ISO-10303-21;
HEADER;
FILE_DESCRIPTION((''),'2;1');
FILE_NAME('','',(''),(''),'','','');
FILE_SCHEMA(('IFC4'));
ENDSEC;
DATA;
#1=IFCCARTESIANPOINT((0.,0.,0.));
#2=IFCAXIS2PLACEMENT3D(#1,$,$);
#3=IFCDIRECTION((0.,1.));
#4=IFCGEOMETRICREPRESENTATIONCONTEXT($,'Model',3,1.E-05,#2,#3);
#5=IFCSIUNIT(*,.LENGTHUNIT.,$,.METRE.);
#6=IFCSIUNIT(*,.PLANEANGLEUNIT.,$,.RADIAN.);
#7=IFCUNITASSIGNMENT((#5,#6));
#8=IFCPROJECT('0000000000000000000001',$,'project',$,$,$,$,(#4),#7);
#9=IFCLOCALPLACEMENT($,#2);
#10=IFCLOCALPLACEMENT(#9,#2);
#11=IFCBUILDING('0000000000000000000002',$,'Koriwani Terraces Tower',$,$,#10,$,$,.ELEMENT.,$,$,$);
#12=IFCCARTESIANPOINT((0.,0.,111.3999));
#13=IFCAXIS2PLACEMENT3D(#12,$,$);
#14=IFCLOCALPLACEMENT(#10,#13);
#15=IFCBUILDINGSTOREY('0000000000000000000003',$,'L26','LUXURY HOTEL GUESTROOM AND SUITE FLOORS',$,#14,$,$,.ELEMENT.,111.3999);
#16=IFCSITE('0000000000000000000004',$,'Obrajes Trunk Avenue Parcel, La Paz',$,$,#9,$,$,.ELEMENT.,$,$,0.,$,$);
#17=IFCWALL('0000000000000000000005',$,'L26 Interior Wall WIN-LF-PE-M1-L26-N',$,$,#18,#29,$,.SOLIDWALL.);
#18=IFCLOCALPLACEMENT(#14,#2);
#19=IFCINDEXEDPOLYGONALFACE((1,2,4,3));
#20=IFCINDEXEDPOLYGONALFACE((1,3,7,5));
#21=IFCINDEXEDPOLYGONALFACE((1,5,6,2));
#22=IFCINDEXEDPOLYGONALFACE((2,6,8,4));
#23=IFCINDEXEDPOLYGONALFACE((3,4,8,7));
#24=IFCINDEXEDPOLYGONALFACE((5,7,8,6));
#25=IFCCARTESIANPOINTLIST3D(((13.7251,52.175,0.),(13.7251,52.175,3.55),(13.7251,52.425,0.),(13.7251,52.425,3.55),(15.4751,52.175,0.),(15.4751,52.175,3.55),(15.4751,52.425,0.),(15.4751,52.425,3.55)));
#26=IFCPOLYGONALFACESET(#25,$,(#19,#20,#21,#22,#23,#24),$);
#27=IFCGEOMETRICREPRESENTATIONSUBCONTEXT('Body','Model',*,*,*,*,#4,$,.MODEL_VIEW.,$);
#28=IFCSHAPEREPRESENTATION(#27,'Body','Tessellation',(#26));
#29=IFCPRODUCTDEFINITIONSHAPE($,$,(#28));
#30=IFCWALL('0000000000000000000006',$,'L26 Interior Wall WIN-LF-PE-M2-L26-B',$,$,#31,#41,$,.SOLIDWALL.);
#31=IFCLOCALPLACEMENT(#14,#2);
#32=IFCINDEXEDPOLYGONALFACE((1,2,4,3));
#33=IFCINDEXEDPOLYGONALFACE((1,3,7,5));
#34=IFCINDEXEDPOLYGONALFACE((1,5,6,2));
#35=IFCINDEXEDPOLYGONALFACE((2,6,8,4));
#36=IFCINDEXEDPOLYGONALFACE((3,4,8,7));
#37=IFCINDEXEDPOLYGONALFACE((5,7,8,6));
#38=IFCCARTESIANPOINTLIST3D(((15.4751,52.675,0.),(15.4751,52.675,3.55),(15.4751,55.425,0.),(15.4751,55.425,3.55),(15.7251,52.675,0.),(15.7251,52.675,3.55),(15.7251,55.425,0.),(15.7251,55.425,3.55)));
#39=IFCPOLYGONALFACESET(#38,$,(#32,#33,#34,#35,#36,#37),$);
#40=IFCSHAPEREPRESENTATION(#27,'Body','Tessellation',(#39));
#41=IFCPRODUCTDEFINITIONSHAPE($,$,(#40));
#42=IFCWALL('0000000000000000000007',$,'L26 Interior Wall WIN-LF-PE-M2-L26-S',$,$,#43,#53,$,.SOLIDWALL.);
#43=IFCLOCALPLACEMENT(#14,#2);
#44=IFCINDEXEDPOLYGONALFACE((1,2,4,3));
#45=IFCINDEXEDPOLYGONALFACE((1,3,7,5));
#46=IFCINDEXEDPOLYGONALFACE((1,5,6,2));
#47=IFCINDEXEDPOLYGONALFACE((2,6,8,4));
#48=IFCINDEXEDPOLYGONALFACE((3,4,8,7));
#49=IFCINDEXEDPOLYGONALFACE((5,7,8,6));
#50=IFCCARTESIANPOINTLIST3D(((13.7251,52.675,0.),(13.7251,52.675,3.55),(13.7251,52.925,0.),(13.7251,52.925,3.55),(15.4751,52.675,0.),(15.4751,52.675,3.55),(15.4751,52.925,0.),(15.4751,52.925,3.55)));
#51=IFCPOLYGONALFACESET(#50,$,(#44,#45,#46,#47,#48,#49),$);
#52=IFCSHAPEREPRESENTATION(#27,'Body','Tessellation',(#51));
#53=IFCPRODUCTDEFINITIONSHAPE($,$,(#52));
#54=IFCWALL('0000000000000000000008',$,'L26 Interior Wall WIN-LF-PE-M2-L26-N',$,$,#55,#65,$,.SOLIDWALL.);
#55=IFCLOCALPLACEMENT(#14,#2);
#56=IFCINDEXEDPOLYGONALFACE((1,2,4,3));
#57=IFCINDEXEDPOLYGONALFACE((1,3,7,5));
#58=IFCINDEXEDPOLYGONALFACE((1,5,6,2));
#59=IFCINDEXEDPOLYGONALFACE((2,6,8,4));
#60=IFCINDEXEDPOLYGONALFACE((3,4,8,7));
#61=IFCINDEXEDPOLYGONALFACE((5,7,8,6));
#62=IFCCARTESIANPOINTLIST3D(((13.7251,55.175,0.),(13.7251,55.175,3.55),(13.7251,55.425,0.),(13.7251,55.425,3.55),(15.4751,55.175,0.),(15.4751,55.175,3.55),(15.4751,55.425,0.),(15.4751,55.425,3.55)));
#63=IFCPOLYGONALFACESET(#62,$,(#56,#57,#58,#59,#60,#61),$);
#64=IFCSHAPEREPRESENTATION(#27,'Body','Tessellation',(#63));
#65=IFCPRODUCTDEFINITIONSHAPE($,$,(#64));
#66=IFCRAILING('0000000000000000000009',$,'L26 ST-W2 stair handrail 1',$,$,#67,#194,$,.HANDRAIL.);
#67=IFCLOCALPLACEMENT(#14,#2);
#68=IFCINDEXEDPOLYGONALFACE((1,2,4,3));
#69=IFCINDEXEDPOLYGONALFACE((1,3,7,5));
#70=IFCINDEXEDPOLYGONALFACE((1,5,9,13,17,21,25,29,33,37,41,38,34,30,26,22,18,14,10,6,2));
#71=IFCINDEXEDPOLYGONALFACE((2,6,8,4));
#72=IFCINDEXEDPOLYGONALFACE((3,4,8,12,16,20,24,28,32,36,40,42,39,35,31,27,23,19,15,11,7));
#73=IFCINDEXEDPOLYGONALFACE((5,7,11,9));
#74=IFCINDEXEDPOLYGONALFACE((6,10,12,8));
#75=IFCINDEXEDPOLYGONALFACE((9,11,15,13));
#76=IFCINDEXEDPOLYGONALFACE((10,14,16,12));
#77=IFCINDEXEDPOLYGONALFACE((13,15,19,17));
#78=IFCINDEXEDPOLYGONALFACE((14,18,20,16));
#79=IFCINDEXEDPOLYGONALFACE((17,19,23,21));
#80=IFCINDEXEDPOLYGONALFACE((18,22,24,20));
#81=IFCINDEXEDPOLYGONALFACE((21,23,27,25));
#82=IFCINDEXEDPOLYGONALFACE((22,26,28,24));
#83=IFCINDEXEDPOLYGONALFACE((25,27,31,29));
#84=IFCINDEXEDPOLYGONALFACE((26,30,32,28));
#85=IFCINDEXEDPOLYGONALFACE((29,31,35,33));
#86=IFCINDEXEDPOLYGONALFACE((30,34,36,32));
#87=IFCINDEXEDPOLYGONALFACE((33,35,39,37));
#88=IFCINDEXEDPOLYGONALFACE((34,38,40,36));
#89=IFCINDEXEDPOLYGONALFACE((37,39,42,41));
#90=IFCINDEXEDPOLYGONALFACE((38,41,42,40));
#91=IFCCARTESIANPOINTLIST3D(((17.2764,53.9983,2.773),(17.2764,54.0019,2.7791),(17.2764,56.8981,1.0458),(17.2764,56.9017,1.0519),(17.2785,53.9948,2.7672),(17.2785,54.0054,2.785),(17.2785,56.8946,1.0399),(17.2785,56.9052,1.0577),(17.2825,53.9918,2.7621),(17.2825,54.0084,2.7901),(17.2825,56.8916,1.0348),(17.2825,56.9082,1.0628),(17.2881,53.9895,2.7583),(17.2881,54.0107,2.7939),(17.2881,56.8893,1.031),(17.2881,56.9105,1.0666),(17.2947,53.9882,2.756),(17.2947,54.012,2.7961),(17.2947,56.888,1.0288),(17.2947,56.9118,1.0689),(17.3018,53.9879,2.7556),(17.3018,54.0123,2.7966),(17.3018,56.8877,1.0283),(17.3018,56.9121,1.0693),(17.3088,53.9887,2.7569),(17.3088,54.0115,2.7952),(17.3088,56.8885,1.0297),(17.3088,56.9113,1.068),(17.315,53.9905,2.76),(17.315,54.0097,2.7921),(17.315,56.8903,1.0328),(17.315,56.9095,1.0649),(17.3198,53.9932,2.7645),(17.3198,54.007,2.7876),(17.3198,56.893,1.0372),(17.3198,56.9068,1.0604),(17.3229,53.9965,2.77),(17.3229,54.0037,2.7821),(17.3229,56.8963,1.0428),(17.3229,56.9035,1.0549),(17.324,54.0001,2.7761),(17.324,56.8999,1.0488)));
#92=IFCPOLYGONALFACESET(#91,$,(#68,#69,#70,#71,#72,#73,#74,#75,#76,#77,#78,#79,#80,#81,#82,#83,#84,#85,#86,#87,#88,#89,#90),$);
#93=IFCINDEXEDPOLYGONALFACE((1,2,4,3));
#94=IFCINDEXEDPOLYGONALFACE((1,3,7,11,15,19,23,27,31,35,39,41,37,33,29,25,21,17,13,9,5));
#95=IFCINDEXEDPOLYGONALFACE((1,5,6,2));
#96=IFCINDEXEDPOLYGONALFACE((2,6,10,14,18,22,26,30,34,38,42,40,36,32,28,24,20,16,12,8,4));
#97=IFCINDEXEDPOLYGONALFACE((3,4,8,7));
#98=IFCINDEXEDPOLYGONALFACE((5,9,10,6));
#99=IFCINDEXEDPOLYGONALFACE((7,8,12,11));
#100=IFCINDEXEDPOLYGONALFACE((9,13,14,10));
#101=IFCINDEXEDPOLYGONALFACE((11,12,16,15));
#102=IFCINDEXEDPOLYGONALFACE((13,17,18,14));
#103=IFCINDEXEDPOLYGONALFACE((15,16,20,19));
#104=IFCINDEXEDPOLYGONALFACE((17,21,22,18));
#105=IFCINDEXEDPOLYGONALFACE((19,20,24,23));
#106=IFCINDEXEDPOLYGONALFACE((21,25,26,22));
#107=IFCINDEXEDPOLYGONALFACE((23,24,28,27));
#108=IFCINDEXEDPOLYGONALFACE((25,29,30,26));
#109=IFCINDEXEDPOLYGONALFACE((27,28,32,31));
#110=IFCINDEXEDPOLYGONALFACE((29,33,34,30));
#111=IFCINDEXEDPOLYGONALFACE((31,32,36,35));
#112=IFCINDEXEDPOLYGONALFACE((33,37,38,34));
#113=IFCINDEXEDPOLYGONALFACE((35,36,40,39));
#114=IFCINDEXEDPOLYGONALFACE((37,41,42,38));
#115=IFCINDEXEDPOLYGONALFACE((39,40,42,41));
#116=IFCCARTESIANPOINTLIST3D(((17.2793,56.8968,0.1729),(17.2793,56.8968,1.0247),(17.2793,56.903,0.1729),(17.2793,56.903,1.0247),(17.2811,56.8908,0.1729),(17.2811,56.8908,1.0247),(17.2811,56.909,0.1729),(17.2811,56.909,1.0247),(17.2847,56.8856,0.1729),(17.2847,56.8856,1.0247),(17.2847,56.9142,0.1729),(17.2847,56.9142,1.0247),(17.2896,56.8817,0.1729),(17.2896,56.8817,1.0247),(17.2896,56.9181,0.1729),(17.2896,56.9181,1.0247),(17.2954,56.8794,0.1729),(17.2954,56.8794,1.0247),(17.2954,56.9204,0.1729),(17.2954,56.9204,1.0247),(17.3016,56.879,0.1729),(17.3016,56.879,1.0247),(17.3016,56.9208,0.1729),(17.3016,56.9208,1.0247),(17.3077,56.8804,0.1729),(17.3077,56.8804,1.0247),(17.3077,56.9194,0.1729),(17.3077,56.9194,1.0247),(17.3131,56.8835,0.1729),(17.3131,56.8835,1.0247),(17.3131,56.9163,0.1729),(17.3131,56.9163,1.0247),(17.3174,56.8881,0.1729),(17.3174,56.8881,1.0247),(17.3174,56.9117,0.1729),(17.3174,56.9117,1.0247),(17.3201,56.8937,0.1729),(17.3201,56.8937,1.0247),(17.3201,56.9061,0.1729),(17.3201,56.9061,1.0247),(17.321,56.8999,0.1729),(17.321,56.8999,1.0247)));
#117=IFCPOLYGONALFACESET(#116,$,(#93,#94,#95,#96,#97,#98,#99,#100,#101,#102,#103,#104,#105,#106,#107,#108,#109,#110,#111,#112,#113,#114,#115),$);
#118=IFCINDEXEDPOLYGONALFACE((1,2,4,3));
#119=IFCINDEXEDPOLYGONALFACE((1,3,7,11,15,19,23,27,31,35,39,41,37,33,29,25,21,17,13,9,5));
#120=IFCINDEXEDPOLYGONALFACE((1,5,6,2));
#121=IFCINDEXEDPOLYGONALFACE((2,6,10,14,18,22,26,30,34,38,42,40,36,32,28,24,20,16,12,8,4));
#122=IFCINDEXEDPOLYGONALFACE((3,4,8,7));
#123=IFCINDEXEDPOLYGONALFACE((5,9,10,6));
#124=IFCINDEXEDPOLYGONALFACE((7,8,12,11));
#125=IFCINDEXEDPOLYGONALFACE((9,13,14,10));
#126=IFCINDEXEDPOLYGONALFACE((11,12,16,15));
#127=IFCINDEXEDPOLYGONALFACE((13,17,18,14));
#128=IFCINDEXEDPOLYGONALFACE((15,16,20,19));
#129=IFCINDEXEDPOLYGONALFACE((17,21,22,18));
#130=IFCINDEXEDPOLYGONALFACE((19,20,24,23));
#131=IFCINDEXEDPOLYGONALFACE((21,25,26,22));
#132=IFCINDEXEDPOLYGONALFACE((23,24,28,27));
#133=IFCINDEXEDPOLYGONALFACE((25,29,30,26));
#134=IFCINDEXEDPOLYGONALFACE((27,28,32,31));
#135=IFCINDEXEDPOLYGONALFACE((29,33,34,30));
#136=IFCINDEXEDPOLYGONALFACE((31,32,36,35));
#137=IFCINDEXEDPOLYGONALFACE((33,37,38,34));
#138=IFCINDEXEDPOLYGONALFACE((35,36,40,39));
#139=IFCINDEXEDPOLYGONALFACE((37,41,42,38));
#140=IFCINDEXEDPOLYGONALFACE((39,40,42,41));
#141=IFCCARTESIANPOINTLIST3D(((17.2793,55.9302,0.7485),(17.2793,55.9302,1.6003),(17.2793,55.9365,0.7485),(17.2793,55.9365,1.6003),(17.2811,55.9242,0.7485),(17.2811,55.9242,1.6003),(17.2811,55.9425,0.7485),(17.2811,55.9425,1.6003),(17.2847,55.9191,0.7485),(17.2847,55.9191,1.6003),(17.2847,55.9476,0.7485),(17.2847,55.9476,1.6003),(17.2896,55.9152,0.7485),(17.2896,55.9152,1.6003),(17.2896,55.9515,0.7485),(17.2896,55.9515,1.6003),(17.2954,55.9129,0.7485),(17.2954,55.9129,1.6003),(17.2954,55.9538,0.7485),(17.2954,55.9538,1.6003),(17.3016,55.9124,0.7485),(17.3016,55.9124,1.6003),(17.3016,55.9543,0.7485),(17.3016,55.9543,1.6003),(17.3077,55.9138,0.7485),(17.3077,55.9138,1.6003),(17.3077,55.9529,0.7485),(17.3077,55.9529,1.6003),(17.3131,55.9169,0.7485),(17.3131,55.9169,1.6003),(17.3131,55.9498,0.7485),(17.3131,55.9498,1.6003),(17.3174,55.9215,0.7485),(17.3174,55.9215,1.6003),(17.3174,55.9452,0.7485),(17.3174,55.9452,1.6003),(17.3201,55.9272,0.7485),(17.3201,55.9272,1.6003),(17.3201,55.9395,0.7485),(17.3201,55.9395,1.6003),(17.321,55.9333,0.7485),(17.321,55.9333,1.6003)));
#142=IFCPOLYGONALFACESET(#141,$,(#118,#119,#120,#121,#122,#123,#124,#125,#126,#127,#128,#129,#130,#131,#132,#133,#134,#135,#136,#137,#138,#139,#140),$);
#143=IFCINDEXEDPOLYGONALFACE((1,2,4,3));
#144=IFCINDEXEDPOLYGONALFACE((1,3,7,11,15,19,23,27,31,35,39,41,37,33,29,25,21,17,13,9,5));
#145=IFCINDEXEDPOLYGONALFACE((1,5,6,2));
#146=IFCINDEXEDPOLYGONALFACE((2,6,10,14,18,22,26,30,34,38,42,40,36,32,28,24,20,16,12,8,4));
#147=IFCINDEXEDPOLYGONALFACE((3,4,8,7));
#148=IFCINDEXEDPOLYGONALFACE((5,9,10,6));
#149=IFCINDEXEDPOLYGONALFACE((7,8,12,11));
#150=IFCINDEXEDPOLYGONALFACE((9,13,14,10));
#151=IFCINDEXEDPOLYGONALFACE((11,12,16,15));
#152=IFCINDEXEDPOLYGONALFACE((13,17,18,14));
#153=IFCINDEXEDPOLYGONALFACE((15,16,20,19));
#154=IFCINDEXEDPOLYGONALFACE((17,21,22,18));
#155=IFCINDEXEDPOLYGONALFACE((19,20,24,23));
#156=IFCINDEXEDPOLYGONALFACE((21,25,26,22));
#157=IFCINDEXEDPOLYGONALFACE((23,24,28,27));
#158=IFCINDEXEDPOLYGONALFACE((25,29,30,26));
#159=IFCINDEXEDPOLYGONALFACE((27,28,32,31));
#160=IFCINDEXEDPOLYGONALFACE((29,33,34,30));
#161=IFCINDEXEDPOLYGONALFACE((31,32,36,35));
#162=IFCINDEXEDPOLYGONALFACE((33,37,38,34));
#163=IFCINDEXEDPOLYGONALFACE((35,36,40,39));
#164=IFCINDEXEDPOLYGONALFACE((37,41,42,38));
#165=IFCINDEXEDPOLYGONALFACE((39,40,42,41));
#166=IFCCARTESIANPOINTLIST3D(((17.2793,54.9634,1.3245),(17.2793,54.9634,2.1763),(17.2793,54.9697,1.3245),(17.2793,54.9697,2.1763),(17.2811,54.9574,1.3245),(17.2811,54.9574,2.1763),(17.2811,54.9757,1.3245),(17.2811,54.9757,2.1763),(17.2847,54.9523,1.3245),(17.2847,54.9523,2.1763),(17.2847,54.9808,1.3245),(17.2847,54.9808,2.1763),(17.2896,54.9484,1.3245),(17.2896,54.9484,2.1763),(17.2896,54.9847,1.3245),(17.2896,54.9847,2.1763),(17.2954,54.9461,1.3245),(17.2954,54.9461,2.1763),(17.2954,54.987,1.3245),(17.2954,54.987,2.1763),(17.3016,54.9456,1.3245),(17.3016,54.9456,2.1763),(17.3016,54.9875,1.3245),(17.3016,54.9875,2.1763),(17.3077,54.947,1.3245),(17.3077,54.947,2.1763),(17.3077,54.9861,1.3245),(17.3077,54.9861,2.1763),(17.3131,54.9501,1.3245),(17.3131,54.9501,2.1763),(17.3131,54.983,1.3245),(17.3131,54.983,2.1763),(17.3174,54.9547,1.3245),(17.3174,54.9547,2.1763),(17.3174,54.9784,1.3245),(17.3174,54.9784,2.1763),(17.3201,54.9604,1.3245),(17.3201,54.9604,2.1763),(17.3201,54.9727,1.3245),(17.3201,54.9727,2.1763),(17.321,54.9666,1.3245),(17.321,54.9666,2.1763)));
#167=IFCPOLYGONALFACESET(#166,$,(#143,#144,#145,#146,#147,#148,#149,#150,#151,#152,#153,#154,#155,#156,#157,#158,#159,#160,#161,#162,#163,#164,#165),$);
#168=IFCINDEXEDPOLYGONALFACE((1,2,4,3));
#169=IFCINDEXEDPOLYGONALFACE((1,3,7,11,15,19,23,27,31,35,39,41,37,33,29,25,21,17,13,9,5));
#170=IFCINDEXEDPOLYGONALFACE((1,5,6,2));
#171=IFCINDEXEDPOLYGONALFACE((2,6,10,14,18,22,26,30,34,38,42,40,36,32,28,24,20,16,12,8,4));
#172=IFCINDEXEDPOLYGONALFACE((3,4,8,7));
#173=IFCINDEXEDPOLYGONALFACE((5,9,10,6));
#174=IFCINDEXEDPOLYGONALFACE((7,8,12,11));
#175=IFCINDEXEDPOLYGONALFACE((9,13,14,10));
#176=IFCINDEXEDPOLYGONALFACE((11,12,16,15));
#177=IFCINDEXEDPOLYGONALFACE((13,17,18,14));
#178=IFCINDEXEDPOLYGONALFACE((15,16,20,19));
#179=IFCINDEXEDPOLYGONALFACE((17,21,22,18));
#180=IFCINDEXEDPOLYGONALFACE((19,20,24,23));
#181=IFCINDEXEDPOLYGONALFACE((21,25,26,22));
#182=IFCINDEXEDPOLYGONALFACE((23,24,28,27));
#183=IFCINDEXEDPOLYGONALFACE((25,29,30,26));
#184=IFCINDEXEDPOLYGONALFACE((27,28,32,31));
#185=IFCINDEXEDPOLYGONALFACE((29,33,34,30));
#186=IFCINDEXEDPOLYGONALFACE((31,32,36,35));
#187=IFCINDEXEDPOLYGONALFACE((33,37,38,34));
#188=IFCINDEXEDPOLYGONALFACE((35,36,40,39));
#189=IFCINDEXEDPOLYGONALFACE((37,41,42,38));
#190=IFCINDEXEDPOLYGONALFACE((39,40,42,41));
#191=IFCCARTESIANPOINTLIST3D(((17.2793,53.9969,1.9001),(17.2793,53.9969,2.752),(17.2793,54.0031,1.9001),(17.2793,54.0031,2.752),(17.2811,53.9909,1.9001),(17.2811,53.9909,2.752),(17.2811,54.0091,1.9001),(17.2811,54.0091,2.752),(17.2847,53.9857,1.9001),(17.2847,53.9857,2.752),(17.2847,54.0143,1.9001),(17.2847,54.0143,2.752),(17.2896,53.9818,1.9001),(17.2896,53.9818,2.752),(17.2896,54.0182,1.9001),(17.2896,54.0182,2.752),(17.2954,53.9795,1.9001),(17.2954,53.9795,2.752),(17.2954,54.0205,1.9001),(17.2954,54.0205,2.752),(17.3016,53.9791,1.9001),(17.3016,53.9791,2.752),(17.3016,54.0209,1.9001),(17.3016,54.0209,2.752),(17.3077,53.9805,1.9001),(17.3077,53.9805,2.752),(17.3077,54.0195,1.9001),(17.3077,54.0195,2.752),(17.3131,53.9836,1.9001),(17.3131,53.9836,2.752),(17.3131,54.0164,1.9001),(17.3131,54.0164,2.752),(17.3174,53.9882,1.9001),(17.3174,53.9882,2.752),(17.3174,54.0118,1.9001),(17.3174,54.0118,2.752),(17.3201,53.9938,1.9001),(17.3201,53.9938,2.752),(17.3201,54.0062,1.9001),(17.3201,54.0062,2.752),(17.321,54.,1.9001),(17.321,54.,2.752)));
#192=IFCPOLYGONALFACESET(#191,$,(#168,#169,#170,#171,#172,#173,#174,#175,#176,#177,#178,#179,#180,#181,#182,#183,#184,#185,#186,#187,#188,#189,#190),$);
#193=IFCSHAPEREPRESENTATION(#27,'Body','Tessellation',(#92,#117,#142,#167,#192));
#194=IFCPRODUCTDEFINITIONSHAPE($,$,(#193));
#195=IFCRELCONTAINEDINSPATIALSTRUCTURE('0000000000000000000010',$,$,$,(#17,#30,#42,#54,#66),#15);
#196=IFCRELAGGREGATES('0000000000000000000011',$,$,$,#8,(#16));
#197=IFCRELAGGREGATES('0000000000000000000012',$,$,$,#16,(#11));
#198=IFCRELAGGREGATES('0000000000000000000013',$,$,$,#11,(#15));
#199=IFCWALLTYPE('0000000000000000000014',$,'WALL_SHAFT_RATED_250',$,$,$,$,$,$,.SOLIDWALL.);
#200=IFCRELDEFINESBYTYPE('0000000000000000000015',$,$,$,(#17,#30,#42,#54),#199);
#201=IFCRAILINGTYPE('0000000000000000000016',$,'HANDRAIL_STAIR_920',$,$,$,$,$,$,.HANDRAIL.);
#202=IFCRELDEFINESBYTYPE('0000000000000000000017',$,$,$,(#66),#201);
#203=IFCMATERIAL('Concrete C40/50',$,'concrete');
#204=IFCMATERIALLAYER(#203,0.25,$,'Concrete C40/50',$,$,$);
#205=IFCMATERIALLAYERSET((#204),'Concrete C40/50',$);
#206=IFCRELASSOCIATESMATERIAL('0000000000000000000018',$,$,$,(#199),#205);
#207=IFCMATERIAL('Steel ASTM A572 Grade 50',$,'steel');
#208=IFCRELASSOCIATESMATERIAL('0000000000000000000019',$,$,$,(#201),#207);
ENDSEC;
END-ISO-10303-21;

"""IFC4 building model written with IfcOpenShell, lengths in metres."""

from ifc_helpers import new_model, si_unit, direction, frame, frame_2d, origin, origin_2d, place, context, subcontext, project, spatial, rectangle, circle, extrude, material, layer, layer_set, type_object, element, save


model = new_model("IFC4")

# Units and contexts
model_context = context("Model", 3, precision=1e-05, world=origin(), true_north=direction((0.0, 1.0)))
body_context = subcontext(model_context, "Body", "Model", "MODEL_VIEW")
ifc_project = project(units=[si_unit("LENGTHUNIT", "METRE"), si_unit("PLANEANGLEUNIT", "RADIAN")], contexts=[model_context])

# Site, building, storey
site_placement = place(None, origin())
site = spatial("IfcSite", under=ifc_project, at=site_placement, Name="Obrajes Trunk Avenue Parcel, La Paz", CompositionType="ELEMENT", RefElevation=0.0)
building_placement = place(site_placement, origin())
building = spatial("IfcBuilding", under=site, at=building_placement, Name="Koriwani Terraces Tower", CompositionType="ELEMENT")
storey_placement = place(building_placement, frame((0.0, 0.0, 111.3999)))
storey = spatial("IfcBuildingStorey", under=building, at=storey_placement, Name="L26", Description="LUXURY HOTEL GUESTROOM AND SUITE FLOORS", CompositionType="ELEMENT", Elevation=111.3999)

# Shared definitions
ifc_material_1 = material(Name="Concrete C40/50", Category="concrete")
ifc_material_2 = material(Name="Steel ASTM A572 Grade 50", Category="steel")

# Wall
ifc_layer_1 = layer(ifc_material_1, 0.25, Name="Concrete C40/50")
ifc_layer_set_1 = layer_set([ifc_layer_1], Name="Concrete C40/50")
wall_type_1 = type_object("IfcWallType", Name="WALL_SHAFT_RATED_250", PredefinedType="SOLIDWALL", material=ifc_layer_set_1)
wall_1_placement = place(storey_placement, frame((13.7251, 52.3, 0.0), z_axis=(0.0, 0.0, 1.0), x_axis=(1.0, 0.0, 0.0)))
element("IfcWall", 1, at=wall_1_placement, inside=storey, type_object=wall_type_1, Name="L26 Interior Wall WIN-LF-PE-M1-L26-N", PredefinedType="SOLIDWALL", context=body_context, shape_type="SweptSolid", body=[
    extrude(rectangle(XDim=1.75, YDim=0.25, at=frame_2d((0.875, 0.0))), origin(), (0.0, 0.0, 1.0), 3.55),
])

# Walls
wall_2_placement = place(storey_placement, frame((15.6001, 52.675, 0.0), z_axis=(0.0, 0.0, 1.0), x_axis=(0.0, 1.0, 0.0)))
element("IfcWall", 2, at=wall_2_placement, inside=storey, type_object=wall_type_1, Name="L26 Interior Wall WIN-LF-PE-M2-L26-B", PredefinedType="SOLIDWALL", context=body_context, shape_type="SweptSolid", body=[
    extrude(rectangle(XDim=2.75, YDim=0.25, at=frame_2d((1.375, 0.0))), origin(), (0.0, 0.0, 1.0), 3.55),
])
for number, where, z_axis, x_axis, name in (
    (3, (13.7251, 52.8, 0.0), (0.0, 0.0, 1.0), (1.0, 0.0, 0.0), "L26 Interior Wall WIN-LF-PE-M2-L26-S"),
    (4, (13.7251, 55.3, 0.0), (0.0, 0.0, 1.0), (1.0, 0.0, 0.0), "L26 Interior Wall WIN-LF-PE-M2-L26-N"),
):
    element("IfcWall", number, at=place(storey_placement, frame(where, z_axis=z_axis, x_axis=x_axis)), inside=storey, type_object=wall_type_1, Name=name, PredefinedType="SOLIDWALL", context=body_context, shape_type="SweptSolid", body=[
        extrude(rectangle(XDim=1.75, YDim=0.25, at=frame_2d((0.875, 0.0))), origin(), (0.0, 0.0, 1.0), 3.55),
    ])

# Railing
railing_type = type_object("IfcRailingType", Name="HANDRAIL_STAIR_920", PredefinedType="HANDRAIL", material=ifc_material_2)
railing_placement = place(storey_placement, frame((17.3, 56.8999, 0.1729)))
element("IfcRailing", 5, at=railing_placement, inside=storey, type_object=railing_type, Name="L26 ST-W2 stair handrail 1", PredefinedType="HANDRAIL", context=body_context, shape_type="SweptSolid", body=[
    extrude(circle(Radius=0.0239, at=origin_2d()), frame((0.0, 0.0, 0.876), z_axis=(0.0, -0.859141, 0.511738), x_axis=(1.0, 0.0, 0.0)), (0.0, 0.0, 1.0), 3.3752),
    extrude(circle(Radius=0.021, at=origin_2d()), origin(), (0.0, 0.0, 1.0), 0.8518),
    extrude(circle(Radius=0.021, at=origin_2d()), frame((0.0, -0.9666, 0.5757)), (0.0, 0.0, 1.0), 0.8518),
    extrude(circle(Radius=0.021, at=origin_2d()), frame((0.0, -1.9333, 1.1516)), (0.0, 0.0, 1.0), 0.8518),
    extrude(circle(Radius=0.021, at=origin_2d()), frame((0.0, -2.8999, 1.7273)), (0.0, 0.0, 1.0), 0.8518),
])

save(model, "model.ifc")
